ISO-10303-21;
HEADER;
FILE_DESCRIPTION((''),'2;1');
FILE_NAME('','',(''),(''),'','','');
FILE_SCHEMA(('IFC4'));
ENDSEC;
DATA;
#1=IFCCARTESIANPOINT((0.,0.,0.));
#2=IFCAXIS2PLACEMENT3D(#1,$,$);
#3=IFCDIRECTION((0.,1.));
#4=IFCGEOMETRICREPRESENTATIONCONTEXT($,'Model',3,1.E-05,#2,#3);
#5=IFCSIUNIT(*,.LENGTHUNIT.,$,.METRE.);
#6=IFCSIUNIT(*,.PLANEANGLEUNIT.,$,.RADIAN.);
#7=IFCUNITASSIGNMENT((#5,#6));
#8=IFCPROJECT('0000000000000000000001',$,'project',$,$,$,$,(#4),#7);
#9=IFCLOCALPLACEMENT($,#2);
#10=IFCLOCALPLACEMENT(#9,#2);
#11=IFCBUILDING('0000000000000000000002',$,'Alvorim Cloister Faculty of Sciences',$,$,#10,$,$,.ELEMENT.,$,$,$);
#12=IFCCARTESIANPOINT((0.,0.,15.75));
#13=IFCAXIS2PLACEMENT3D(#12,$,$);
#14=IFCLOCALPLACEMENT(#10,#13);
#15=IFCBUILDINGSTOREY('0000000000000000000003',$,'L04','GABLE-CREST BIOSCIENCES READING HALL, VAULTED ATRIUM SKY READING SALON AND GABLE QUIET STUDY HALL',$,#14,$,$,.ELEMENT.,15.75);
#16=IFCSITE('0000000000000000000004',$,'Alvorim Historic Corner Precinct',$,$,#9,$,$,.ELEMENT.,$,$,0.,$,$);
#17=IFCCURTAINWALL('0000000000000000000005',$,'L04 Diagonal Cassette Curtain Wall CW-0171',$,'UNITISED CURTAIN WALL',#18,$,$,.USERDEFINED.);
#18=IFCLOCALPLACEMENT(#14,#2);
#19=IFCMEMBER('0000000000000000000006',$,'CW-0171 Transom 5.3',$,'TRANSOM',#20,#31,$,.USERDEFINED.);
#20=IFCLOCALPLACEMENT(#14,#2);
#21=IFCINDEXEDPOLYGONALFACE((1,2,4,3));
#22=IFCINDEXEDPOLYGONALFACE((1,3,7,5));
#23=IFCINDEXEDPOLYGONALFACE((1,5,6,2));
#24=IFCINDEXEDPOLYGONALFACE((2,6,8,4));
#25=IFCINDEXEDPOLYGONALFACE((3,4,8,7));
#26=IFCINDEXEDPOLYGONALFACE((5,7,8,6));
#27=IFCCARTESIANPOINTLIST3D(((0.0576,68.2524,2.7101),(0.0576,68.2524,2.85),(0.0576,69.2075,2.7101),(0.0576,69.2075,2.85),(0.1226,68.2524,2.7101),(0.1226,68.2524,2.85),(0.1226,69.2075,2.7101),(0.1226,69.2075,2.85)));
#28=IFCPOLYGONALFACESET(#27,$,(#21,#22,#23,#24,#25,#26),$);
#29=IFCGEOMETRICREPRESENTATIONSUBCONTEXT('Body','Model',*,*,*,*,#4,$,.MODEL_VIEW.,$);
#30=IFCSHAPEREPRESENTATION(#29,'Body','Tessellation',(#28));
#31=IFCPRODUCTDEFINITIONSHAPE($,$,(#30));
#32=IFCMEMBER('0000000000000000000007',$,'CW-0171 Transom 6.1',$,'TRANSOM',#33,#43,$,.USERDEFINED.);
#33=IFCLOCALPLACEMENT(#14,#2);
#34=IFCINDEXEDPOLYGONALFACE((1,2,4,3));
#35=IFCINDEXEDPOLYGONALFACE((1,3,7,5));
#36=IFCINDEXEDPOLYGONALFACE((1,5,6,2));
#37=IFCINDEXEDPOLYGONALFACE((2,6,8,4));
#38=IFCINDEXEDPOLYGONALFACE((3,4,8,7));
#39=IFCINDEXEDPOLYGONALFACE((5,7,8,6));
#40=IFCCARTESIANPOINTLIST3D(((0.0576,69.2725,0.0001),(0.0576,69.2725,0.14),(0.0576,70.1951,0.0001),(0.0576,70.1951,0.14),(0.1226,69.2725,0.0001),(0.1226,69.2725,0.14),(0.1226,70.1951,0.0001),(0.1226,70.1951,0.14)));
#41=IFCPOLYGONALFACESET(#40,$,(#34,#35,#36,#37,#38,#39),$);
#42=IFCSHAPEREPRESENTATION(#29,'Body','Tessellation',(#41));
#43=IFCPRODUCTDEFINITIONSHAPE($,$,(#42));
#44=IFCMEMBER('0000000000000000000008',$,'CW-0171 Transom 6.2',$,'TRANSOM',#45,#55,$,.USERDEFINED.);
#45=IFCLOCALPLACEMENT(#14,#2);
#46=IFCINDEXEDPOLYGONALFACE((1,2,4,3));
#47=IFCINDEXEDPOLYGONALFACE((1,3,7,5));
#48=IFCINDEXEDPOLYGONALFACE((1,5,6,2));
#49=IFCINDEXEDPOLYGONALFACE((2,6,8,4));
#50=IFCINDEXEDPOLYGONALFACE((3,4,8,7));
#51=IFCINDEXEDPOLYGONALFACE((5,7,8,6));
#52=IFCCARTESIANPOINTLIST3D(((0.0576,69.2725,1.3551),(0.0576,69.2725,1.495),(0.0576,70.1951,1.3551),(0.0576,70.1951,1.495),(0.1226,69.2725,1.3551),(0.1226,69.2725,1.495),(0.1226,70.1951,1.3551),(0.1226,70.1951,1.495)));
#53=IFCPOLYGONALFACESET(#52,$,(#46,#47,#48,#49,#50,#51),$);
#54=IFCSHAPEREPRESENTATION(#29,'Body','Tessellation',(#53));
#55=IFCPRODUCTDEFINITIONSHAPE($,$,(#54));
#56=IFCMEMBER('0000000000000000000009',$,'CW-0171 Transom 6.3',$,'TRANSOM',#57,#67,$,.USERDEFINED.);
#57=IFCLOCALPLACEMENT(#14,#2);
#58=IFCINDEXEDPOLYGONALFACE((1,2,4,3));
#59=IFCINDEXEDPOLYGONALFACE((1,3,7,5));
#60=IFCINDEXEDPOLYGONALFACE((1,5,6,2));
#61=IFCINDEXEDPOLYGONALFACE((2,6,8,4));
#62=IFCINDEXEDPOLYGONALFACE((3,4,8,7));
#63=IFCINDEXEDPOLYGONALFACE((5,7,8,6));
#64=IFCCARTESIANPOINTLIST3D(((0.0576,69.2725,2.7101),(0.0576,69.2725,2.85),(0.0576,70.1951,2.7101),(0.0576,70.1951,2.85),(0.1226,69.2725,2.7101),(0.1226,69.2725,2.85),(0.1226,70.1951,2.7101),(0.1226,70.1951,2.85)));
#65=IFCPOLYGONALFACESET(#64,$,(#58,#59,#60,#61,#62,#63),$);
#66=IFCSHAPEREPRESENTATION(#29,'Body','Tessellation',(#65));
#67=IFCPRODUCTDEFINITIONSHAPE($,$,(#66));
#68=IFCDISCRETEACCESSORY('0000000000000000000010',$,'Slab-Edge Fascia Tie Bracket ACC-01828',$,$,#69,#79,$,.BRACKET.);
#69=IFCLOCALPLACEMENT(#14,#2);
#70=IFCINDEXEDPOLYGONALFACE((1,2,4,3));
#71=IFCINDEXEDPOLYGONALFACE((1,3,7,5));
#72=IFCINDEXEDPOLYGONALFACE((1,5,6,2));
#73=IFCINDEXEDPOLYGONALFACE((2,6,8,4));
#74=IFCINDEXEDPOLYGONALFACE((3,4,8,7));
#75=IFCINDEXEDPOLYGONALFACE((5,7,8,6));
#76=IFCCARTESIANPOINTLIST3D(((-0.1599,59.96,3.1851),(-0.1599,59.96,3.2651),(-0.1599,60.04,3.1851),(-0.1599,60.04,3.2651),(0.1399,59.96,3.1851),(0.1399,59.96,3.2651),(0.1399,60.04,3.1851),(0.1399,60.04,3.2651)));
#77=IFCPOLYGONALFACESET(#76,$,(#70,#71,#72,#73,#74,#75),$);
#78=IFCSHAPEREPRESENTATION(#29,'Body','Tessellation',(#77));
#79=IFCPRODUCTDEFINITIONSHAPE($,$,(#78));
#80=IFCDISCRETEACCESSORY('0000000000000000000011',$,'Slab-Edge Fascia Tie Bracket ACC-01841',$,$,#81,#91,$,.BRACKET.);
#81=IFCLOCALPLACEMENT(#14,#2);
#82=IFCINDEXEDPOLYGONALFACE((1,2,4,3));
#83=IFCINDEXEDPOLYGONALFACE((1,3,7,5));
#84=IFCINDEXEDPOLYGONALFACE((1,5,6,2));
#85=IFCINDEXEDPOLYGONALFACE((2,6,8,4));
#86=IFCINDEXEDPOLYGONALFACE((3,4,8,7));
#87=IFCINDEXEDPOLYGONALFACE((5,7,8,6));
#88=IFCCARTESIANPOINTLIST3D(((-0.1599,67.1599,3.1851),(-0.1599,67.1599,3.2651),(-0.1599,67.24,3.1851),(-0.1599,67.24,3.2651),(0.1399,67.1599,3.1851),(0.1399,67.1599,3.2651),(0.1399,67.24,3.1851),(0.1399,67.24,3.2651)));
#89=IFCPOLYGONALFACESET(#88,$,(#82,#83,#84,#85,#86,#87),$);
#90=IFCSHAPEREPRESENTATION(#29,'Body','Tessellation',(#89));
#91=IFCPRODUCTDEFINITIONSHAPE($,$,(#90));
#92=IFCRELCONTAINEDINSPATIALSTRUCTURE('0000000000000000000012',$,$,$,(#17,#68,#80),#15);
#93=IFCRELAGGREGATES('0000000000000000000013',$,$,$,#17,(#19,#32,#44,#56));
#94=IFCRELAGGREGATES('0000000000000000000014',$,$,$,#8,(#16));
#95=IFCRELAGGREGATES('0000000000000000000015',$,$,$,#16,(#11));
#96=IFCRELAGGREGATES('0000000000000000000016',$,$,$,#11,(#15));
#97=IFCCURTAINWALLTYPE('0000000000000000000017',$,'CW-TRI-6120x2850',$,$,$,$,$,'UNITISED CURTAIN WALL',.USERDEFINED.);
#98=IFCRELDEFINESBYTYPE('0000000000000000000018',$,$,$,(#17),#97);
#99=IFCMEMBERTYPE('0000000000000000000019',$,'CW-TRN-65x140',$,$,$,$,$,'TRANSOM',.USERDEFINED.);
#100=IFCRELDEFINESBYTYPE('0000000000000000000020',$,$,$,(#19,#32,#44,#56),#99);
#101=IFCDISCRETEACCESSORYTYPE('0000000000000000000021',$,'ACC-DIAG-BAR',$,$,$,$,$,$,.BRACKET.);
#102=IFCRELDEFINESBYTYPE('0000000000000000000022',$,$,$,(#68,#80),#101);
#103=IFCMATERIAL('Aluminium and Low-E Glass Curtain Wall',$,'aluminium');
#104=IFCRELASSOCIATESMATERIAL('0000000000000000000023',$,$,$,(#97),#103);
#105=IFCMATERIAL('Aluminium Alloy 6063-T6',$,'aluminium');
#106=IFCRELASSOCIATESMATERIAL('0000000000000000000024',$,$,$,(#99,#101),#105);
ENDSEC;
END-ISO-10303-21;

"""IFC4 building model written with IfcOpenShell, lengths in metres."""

from ifc_helpers import new_model, si_unit, direction, frame, origin, origin_2d, place, context, subcontext, project, spatial, rectangle, extrude, material, material_profile, profile_set, type_object, element, aggregate, save


model = new_model("IFC4")

# Units and contexts
model_context = context("Model", 3, precision=1e-05, world=origin(), true_north=direction((0.0, 1.0)))
body_context = subcontext(model_context, "Body", "Model", "MODEL_VIEW")
ifc_project = project(units=[si_unit("LENGTHUNIT", "METRE"), si_unit("PLANEANGLEUNIT", "RADIAN")], contexts=[model_context])

# Site, building, storey
site_placement = place(None, origin())
site = spatial("IfcSite", under=ifc_project, at=site_placement, Name="Alvorim Historic Corner Precinct", CompositionType="ELEMENT", RefElevation=0.0)
building_placement = place(site_placement, origin())
building = spatial("IfcBuilding", under=site, at=building_placement, Name="Alvorim Cloister Faculty of Sciences", CompositionType="ELEMENT")
storey_placement = place(building_placement, frame((0.0, 0.0, 15.75)))
storey = spatial("IfcBuildingStorey", under=building, at=storey_placement, Name="L04", Description="GABLE-CREST BIOSCIENCES READING HALL, VAULTED ATRIUM SKY READING SALON AND GABLE QUIET STUDY HALL", CompositionType="ELEMENT", Elevation=15.75)

# Curtain wall
ifc_material_1 = material(Name="Aluminium and Low-E Glass Curtain Wall", Category="aluminium")
curtain_wall_type = type_object("IfcCurtainWallType", Name="CW-TRI-6120x2850", ElementType="UNITISED CURTAIN WALL", PredefinedType="USERDEFINED", material=ifc_material_1)
curtain_wall_1_placement = place(storey_placement, origin())
curtain_wall_1 = element("IfcCurtainWall", 1, at=curtain_wall_1_placement, inside=storey, type_object=curtain_wall_type, Name="L04 Diagonal Cassette Curtain Wall CW-0171", ObjectType="UNITISED CURTAIN WALL", PredefinedType="USERDEFINED")
ifc_material_2 = material(Name="Aluminium Alloy 6063-T6", Category="aluminium")

# Members
ifc_material_profile_1 = material_profile(ifc_material_2, rectangle(XDim=0.0649, YDim=0.1399, at=origin_2d()), Name="ALU-TRN-65x140")
ifc_profile_set_1 = profile_set([ifc_material_profile_1], Name="Aluminium Alloy 6063-T6")
member_type_1 = type_object("IfcMemberType", Name="CW-TRN-65x140", ElementType="TRANSOM", PredefinedType="USERDEFINED", material=ifc_profile_set_1)
member_1_placement = place(storey_placement, frame((0.0901, 68.2524, 2.78), z_axis=(0.0, 1.0, 0.0), x_axis=(-1.0, 0.0, 0.0)))
member_1 = element("IfcMember", 2, at=member_1_placement, type_object=member_type_1, Name="CW-0171 Transom 5.3", ObjectType="TRANSOM", PredefinedType="USERDEFINED", context=body_context, shape_type="SweptSolid", body=[
    extrude(rectangle(XDim=0.0649, YDim=0.1399, at=origin_2d()), origin(), (0.0, 0.0, 1.0), 0.9551),
])
member_2_placement = place(storey_placement, frame((0.0901, 69.2725, 0.0701), z_axis=(0.0, 1.0, 0.0), x_axis=(-1.0, 0.0, 0.0)))
member_2 = element("IfcMember", 3, at=member_2_placement, type_object=member_type_1, Name="CW-0171 Transom 6.1", ObjectType="TRANSOM", PredefinedType="USERDEFINED", context=body_context, shape_type="SweptSolid", body=[
    extrude(rectangle(XDim=0.0649, YDim=0.1399, at=origin_2d()), origin(), (0.0, 0.0, 1.0), 0.9226),
])
member_3_placement = place(storey_placement, frame((0.0901, 69.2725, 1.425), z_axis=(0.0, 1.0, 0.0), x_axis=(-1.0, 0.0, 0.0)))
member_3 = element("IfcMember", 4, at=member_3_placement, type_object=member_type_1, Name="CW-0171 Transom 6.2", ObjectType="TRANSOM", PredefinedType="USERDEFINED", context=body_context, shape_type="SweptSolid", body=[
    extrude(rectangle(XDim=0.0649, YDim=0.1399, at=origin_2d()), origin(), (0.0, 0.0, 1.0), 0.9226),
])
member_4_placement = place(storey_placement, frame((0.0901, 69.2725, 2.78), z_axis=(0.0, 1.0, 0.0), x_axis=(-1.0, 0.0, 0.0)))
member_4 = element("IfcMember", 5, at=member_4_placement, type_object=member_type_1, Name="CW-0171 Transom 6.3", ObjectType="TRANSOM", PredefinedType="USERDEFINED", context=body_context, shape_type="SweptSolid", body=[
    extrude(rectangle(XDim=0.0649, YDim=0.1399, at=origin_2d()), origin(), (0.0, 0.0, 1.0), 0.9226),
])
aggregate(curtain_wall_1, [member_1, member_2, member_3, member_4])

# Discrete accessories
discrete_accessory_type = type_object("IfcDiscreteAccessoryType", Name="ACC-DIAG-BAR", PredefinedType="BRACKET", material=ifc_material_2)
for number, where, z_axis, x_axis, name in (
    (6, (0.1399, 60.0, 3.2251), (-1.0, 0.0, 0.0), (0.0, -1.0, 0.0), "Slab-Edge Fascia Tie Bracket ACC-01828"),
    (7, (0.1399, 67.2, 3.2251), (-1.0, 0.0, 0.0), (0.0, -1.0, 0.0), "Slab-Edge Fascia Tie Bracket ACC-01841"),
):
    element("IfcDiscreteAccessory", number, at=place(storey_placement, frame(where, z_axis=z_axis, x_axis=x_axis)), inside=storey, type_object=discrete_accessory_type, Name=name, PredefinedType="BRACKET", context=body_context, shape_type="SweptSolid", body=[
        extrude(rectangle(XDim=0.0801, YDim=0.0801, at=origin_2d()), origin(), (0.0, 0.0, 1.0), 0.2998),
    ])

save(model, "model.ifc")
